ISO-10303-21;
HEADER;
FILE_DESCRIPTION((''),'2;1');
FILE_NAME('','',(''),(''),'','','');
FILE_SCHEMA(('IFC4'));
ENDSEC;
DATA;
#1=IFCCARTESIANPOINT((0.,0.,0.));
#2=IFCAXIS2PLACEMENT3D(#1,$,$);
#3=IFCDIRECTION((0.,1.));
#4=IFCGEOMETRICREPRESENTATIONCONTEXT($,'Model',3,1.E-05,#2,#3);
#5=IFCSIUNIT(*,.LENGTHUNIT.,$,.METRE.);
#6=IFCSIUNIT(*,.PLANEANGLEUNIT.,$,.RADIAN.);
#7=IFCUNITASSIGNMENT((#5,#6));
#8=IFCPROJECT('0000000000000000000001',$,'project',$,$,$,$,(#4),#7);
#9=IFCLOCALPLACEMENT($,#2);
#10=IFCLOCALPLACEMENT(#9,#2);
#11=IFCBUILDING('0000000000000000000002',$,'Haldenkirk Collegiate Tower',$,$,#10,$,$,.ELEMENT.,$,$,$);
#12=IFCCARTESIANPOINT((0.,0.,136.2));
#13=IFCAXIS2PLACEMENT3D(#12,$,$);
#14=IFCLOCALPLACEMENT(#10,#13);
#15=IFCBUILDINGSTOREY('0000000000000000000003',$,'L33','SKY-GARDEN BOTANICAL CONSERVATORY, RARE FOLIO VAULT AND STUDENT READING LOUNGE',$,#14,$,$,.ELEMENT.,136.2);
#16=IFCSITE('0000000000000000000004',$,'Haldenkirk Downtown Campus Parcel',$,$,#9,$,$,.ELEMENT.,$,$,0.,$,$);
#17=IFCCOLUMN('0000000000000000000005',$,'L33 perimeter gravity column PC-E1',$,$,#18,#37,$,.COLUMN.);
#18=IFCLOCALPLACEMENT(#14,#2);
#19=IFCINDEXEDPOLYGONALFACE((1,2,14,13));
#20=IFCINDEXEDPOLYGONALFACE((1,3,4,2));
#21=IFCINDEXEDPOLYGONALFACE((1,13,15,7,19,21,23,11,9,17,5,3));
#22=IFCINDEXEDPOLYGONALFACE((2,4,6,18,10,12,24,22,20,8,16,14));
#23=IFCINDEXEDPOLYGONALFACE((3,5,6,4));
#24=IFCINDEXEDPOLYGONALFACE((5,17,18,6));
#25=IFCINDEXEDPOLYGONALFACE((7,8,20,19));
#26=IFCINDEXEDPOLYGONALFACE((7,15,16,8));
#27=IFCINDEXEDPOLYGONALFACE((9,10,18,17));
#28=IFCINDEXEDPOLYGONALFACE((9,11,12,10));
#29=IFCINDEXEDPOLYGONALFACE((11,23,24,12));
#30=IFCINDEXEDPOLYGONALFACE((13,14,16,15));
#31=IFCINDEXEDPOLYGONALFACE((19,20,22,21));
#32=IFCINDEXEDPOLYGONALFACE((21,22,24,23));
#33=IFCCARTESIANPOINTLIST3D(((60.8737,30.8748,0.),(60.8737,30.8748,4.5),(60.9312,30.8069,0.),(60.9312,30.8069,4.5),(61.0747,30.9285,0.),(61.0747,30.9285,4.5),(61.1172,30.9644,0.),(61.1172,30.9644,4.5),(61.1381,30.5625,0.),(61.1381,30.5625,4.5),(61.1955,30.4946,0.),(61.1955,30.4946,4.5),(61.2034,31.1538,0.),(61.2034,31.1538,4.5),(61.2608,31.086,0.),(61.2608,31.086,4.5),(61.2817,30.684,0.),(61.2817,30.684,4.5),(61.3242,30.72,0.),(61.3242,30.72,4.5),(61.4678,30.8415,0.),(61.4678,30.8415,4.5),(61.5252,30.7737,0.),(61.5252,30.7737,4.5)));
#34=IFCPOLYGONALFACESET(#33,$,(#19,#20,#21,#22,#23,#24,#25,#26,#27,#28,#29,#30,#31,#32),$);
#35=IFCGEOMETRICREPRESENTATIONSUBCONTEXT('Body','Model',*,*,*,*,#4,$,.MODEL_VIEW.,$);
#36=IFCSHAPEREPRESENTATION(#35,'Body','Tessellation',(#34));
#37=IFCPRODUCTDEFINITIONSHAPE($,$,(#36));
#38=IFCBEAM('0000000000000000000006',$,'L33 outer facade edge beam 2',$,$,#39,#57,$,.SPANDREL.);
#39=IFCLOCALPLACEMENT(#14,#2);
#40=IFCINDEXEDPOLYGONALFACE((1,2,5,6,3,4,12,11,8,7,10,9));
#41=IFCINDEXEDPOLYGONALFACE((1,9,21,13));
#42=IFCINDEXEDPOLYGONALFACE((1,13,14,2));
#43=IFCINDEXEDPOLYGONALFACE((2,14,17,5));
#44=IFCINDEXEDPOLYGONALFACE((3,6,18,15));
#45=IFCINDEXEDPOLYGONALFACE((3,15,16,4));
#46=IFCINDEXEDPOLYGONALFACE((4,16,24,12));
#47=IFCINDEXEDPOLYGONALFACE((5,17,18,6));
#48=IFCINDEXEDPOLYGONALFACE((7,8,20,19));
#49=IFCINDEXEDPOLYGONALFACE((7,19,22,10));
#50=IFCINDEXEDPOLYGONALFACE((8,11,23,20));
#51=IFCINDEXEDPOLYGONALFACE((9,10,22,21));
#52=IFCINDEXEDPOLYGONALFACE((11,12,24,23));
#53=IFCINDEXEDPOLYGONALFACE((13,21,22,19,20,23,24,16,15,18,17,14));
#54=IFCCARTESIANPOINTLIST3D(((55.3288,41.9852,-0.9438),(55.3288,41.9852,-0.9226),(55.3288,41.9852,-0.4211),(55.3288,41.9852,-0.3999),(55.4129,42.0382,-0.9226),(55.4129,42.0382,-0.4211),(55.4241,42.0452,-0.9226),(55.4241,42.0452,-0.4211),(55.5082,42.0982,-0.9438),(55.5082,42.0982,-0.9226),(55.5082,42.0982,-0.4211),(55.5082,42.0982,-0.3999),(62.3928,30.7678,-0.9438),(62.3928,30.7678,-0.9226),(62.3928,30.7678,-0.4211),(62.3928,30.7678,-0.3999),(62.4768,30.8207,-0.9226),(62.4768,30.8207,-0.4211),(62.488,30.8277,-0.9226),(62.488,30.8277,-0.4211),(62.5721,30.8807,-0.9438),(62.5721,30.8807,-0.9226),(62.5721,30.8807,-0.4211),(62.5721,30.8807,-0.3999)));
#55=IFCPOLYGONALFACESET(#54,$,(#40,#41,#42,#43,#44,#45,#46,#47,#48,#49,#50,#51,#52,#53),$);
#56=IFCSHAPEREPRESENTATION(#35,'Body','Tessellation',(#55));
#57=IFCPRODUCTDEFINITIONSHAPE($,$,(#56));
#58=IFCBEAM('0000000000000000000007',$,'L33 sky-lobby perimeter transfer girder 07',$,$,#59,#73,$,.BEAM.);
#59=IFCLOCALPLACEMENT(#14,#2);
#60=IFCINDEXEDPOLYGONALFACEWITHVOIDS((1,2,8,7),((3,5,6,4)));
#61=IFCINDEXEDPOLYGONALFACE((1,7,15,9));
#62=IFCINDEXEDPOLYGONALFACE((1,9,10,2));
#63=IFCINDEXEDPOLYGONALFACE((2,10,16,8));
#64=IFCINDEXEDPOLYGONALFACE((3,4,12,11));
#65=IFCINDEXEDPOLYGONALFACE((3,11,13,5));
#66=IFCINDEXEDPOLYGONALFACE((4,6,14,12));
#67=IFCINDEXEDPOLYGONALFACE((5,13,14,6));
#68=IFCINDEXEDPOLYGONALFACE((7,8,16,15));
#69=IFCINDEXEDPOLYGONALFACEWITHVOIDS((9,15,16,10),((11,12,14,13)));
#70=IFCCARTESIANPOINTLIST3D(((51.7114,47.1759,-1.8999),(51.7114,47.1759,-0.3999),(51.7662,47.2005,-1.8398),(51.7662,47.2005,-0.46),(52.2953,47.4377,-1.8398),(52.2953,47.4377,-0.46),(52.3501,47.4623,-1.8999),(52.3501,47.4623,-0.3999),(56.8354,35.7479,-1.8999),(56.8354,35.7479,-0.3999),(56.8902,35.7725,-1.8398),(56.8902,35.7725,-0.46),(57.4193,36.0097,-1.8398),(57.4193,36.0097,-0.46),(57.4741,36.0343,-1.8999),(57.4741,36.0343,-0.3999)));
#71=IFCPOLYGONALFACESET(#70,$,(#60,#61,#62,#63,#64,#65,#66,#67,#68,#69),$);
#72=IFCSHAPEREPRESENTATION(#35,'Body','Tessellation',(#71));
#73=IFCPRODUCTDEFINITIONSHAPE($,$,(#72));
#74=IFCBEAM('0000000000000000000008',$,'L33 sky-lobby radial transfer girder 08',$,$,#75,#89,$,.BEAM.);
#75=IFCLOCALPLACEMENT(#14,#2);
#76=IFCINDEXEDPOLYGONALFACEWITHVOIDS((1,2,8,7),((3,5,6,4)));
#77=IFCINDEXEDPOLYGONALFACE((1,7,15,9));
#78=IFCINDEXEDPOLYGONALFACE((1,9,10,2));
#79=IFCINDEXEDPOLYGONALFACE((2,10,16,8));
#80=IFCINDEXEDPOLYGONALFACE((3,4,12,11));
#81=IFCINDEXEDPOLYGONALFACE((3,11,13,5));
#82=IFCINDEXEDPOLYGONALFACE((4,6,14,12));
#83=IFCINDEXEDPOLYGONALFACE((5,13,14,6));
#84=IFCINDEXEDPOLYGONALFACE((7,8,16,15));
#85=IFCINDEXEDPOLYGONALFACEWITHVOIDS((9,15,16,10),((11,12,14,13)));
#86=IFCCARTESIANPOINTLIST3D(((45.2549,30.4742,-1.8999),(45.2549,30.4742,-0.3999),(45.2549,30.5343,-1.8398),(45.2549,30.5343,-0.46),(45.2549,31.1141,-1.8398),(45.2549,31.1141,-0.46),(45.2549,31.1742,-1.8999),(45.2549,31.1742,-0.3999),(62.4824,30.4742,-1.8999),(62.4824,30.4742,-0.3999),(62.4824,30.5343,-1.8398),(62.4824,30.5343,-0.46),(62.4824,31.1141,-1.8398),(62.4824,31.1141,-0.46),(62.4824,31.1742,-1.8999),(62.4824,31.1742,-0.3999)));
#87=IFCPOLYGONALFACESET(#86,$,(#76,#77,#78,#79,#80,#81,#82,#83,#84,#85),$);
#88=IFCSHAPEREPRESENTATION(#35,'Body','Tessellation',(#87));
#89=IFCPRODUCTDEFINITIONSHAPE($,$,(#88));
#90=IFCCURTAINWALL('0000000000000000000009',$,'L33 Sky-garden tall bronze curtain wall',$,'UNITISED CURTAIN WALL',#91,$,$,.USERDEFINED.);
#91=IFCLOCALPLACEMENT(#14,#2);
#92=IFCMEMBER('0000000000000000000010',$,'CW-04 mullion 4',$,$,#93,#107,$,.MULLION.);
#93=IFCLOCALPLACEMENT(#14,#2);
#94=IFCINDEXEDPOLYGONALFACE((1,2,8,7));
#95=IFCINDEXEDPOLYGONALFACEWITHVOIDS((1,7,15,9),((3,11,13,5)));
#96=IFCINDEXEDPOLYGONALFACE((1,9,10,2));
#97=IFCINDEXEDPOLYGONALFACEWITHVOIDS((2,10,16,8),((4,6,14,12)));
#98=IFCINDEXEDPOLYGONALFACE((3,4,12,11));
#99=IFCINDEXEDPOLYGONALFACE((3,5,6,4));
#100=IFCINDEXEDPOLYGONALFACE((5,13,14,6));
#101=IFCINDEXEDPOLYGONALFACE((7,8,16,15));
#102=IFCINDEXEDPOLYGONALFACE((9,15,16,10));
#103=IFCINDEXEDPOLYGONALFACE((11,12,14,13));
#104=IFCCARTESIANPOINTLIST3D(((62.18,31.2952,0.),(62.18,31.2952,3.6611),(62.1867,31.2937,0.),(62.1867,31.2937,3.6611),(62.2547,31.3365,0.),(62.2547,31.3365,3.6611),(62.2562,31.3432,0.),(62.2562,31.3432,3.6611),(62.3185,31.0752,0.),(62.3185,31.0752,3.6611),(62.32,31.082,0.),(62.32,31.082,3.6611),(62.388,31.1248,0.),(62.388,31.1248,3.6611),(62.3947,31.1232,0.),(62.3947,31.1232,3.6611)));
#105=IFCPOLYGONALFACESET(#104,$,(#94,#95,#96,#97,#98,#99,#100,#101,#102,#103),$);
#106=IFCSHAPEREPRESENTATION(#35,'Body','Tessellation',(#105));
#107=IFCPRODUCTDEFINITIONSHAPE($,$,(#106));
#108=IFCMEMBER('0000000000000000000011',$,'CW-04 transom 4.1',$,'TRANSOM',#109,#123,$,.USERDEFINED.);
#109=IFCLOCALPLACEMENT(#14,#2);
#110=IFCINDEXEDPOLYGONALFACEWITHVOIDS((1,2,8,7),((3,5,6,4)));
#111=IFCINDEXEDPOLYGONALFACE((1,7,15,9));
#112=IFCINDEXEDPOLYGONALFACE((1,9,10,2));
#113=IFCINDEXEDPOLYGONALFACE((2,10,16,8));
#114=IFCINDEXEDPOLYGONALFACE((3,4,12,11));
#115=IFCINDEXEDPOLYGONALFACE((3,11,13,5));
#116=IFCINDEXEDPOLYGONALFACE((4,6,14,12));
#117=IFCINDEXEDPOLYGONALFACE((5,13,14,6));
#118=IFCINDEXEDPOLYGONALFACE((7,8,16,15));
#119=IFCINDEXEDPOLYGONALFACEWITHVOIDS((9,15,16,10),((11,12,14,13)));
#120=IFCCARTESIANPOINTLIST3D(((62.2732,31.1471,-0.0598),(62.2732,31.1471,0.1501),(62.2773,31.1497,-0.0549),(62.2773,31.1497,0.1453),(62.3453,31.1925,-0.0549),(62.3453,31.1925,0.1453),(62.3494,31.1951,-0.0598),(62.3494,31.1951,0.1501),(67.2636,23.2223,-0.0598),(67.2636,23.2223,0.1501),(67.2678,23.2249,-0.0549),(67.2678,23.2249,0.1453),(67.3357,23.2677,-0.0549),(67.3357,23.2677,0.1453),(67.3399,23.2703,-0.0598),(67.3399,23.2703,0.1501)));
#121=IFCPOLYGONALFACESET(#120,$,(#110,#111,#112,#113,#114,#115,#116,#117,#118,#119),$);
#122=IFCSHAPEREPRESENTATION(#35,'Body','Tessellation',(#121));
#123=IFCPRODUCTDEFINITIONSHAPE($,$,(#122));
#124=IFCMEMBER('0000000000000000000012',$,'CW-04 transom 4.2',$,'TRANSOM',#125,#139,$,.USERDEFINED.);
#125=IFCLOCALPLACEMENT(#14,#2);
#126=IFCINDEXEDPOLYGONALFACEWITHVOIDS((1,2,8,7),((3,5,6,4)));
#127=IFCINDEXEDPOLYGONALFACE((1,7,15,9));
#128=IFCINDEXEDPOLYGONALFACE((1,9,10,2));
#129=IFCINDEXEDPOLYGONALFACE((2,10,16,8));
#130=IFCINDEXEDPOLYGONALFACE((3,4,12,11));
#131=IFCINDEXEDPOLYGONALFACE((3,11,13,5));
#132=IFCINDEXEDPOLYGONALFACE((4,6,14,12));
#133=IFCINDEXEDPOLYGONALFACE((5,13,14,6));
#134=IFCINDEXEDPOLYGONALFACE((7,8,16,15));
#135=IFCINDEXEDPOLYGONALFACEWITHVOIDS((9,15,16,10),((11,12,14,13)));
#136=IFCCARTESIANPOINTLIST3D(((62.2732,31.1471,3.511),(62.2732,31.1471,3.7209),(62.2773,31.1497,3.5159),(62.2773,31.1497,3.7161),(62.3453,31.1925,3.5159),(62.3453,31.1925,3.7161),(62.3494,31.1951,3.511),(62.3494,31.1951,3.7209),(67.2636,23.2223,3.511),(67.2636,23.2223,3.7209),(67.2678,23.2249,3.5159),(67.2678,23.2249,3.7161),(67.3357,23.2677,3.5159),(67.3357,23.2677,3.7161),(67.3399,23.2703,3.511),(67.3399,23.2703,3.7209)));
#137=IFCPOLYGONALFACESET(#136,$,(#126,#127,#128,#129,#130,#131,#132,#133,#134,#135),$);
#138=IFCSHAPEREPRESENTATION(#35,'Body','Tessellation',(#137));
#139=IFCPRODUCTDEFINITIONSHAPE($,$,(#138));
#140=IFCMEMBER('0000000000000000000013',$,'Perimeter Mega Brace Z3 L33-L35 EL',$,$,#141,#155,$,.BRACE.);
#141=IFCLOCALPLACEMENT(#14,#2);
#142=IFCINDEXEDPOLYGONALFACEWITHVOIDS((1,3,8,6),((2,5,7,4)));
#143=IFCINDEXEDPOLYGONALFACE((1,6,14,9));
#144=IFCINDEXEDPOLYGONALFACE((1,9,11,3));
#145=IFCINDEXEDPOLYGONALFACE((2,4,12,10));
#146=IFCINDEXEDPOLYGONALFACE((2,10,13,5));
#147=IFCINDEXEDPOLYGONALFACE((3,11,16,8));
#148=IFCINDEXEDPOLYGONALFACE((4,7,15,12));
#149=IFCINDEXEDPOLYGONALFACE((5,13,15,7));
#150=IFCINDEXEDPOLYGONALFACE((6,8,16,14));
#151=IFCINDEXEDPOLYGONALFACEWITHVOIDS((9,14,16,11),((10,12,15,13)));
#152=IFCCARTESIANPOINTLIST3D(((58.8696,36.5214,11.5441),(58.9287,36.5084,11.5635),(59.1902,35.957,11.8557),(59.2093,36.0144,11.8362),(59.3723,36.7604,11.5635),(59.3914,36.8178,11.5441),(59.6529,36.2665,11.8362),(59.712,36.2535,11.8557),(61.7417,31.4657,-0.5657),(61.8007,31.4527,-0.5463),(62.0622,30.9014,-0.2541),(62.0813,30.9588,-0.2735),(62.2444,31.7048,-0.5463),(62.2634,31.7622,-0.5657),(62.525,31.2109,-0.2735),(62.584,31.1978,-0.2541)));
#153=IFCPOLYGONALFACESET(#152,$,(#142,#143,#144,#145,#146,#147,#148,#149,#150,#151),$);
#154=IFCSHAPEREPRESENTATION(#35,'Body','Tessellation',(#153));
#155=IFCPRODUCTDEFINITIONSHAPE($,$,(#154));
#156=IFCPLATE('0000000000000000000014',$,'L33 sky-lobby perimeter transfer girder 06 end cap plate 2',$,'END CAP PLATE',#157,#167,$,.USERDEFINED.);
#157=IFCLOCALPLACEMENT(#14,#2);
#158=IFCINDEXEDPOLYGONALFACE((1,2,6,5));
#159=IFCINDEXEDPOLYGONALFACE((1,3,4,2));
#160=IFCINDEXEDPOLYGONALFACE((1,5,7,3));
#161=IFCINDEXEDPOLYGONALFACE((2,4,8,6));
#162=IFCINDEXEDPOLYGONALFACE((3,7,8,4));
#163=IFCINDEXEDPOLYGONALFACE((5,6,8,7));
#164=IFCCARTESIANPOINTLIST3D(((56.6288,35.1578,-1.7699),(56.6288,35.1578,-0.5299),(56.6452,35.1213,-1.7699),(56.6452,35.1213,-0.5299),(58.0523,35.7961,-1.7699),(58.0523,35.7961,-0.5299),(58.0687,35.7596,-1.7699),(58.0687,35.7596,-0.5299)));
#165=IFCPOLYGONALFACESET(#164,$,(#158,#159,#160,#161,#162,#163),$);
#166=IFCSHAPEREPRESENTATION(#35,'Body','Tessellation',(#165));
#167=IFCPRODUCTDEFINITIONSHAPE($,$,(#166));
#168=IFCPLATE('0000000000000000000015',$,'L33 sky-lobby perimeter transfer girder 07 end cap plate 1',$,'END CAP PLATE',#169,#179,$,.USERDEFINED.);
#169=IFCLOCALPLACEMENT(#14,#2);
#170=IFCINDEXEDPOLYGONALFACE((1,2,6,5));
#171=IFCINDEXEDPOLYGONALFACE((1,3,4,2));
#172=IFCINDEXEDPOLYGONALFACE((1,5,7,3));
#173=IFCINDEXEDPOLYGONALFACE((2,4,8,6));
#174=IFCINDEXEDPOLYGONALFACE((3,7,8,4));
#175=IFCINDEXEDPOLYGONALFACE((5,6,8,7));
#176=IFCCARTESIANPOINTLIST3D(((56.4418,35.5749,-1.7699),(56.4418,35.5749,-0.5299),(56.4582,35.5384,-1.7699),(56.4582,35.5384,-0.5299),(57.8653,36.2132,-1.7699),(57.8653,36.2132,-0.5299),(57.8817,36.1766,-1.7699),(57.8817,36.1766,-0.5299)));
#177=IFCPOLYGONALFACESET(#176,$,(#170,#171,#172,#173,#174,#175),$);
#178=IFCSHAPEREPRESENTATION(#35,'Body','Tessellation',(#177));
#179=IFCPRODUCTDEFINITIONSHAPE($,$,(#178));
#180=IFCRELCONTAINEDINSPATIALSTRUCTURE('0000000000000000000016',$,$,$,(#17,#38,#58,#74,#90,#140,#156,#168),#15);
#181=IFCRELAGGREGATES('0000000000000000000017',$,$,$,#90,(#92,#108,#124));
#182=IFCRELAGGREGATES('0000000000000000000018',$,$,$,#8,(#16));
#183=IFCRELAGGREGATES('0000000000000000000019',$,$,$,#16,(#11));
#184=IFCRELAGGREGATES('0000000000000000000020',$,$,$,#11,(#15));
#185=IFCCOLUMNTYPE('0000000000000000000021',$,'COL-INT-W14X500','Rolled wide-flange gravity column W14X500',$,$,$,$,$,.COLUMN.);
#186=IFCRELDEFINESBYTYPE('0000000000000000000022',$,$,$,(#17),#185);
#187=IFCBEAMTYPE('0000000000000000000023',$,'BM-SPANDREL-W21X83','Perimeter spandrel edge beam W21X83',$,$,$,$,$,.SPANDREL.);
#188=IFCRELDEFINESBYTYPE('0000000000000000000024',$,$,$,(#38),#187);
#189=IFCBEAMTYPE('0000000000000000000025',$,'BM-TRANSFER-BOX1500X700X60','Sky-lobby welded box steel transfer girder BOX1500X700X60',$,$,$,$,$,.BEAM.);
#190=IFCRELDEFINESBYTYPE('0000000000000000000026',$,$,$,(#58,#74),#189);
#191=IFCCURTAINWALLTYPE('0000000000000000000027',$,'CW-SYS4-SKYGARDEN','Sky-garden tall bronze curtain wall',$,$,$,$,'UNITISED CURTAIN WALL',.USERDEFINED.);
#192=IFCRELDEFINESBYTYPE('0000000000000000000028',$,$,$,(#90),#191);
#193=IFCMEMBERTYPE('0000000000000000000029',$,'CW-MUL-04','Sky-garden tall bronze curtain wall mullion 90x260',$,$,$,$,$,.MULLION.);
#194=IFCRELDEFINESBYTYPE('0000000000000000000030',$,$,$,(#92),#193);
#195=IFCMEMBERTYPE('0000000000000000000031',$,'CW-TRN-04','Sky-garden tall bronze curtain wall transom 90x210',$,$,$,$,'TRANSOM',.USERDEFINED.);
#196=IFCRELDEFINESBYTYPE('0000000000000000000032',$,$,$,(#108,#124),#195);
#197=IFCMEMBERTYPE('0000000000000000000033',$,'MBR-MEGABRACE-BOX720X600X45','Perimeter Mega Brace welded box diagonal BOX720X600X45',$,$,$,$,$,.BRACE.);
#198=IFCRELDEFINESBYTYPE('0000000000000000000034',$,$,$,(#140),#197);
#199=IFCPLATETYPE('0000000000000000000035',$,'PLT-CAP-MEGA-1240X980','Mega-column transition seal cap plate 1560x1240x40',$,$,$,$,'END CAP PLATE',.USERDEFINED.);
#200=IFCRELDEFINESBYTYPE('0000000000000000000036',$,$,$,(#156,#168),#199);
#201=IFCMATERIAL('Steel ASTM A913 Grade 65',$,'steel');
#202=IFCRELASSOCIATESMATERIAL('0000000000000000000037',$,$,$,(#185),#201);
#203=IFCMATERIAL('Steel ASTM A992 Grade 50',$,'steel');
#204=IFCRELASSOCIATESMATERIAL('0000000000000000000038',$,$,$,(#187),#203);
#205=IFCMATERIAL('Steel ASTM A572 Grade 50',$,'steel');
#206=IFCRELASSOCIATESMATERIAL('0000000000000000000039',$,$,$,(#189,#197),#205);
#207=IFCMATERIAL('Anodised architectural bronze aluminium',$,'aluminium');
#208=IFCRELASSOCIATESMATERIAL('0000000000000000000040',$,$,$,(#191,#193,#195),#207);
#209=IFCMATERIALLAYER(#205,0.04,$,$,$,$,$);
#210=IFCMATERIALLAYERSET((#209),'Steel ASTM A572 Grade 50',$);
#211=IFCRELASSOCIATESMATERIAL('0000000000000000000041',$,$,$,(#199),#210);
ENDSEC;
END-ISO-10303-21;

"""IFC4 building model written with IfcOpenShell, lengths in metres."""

from ifc_helpers import new_model, si_unit, direction, frame, origin, origin_2d, place, context, subcontext, project, spatial, rectangle, hollow_rectangle, i_section, extrude, source, transform, mapped, material, layer, layer_set, material_profile, profile_set, type_object, element, aggregate, save


model = new_model("IFC4")

# Units and contexts
model_context = context("Model", 3, precision=1e-05, world=origin(), true_north=direction((0.0, 1.0)))
body_context = subcontext(model_context, "Body", "Model", "MODEL_VIEW")
ifc_project = project(units=[si_unit("LENGTHUNIT", "METRE"), si_unit("PLANEANGLEUNIT", "RADIAN")], contexts=[model_context])

# Site, building, storey
site_placement = place(None, origin())
site = spatial("IfcSite", under=ifc_project, at=site_placement, Name="Haldenkirk Downtown Campus Parcel", CompositionType="ELEMENT", RefElevation=0.0)
building_placement = place(site_placement, origin())
building = spatial("IfcBuilding", under=site, at=building_placement, Name="Haldenkirk Collegiate Tower", CompositionType="ELEMENT")
storey_placement = place(building_placement, frame((0.0, 0.0, 136.2)))
storey = spatial("IfcBuildingStorey", under=building, at=storey_placement, Name="L33", Description="SKY-GARDEN BOTANICAL CONSERVATORY, RARE FOLIO VAULT AND STUDENT READING LOUNGE", CompositionType="ELEMENT", Elevation=136.2)

# Column
ifc_material_1 = material(Name="Steel ASTM A913 Grade 65", Category="steel")
ifc_material_profile_1 = material_profile(ifc_material_1, i_section(OverallWidth=0.4319, OverallDepth=0.498, WebThickness=0.0557, FlangeThickness=0.0889, at=origin_2d()), Name="W14X500")
ifc_profile_set_1 = profile_set([ifc_material_profile_1], Name="Steel ASTM A913 Grade 65")
column_type = type_object("IfcColumnType", Name="COL-INT-W14X500", Description="Rolled wide-flange gravity column W14X500", PredefinedType="COLUMN", material=ifc_profile_set_1)
column_placement = place(storey_placement, frame((61.1995, 30.8242, 0.0), z_axis=(0.0, 0.0, 1.0), x_axis=(0.763232, 0.646124, 0.0)))
element("IfcColumn", 1, at=column_placement, inside=storey, type_object=column_type, Name="L33 perimeter gravity column PC-E1", PredefinedType="COLUMN", context=body_context, shape_type="SweptSolid", body=[
    extrude(i_section(OverallWidth=0.4319, OverallDepth=0.498, WebThickness=0.0557, FlangeThickness=0.0889, at=origin_2d()), origin(), (0.0, 0.0, 1.0), 4.5),
])

# Beams
ifc_material_2 = material(Name="Steel ASTM A992 Grade 50", Category="steel")
ifc_material_profile_2 = material_profile(ifc_material_2, i_section(OverallWidth=0.2119, OverallDepth=0.5439, WebThickness=0.0132, FlangeThickness=0.0212, at=origin_2d()), Name="W21X83")
ifc_profile_set_2 = profile_set([ifc_material_profile_2], Name="Steel ASTM A992 Grade 50")
beam_type_1 = type_object("IfcBeamType", Name="BM-SPANDREL-W21X83", Description="Perimeter spandrel edge beam W21X83", PredefinedType="SPANDREL", material=ifc_profile_set_2)
beam_1_placement = place(storey_placement, frame((62.4824, 30.8242, -0.6719), z_axis=(-0.532871, 0.846196, 0.0), x_axis=(-0.846196, -0.532871, 0.0)))
element("IfcBeam", 2, at=beam_1_placement, inside=storey, type_object=beam_type_1, Name="L33 outer facade edge beam 2", PredefinedType="SPANDREL", context=body_context, shape_type="SweptSolid", body=[
    extrude(i_section(OverallWidth=0.2119, OverallDepth=0.5439, WebThickness=0.0132, FlangeThickness=0.0212, at=origin_2d()), origin(), (0.0, 0.0, 1.0), 13.2563),
])
ifc_material_3 = material(Name="Steel ASTM A572 Grade 50", Category="steel")
ifc_material_profile_3 = material_profile(ifc_material_3, hollow_rectangle(XDim=0.7, YDim=1.5, WallThickness=0.0601, at=origin_2d()), Name="BOX1500X700X60")
ifc_profile_set_3 = profile_set([ifc_material_profile_3], Name="Steel ASTM A572 Grade 50")
beam_type_2 = type_object("IfcBeamType", Name="BM-TRANSFER-BOX1500X700X60", Description="Sky-lobby welded box steel transfer girder BOX1500X700X60", PredefinedType="BEAM", material=ifc_profile_set_3)
beam_2_placement = place(storey_placement, frame((57.1548, 35.8911, -1.1499), z_axis=(-0.409131, 0.912475, 0.0), x_axis=(-0.912475, -0.409131, 0.0)))
element("IfcBeam", 3, at=beam_2_placement, inside=storey, type_object=beam_type_2, Name="L33 sky-lobby perimeter transfer girder 07", PredefinedType="BEAM", context=body_context, shape_type="SweptSolid", body=[
    extrude(hollow_rectangle(XDim=0.7, YDim=1.5, WallThickness=0.0601, at=origin_2d()), origin(), (0.0, 0.0, 1.0), 12.5242),
])
beam_3_placement = place(storey_placement, frame((62.4824, 30.8242, -1.1499), z_axis=(-1.0, 0.0, 0.0), x_axis=(0.0, -1.0, 0.0)))
element("IfcBeam", 4, at=beam_3_placement, inside=storey, type_object=beam_type_2, Name="L33 sky-lobby radial transfer girder 08", PredefinedType="BEAM", context=body_context, shape_type="SweptSolid", body=[
    extrude(hollow_rectangle(XDim=0.7, YDim=1.5, WallThickness=0.0601, at=origin_2d()), origin(), (0.0, 0.0, 1.0), 17.2275),
])

# Curtain wall, members
ifc_material_4 = material(Name="Anodised architectural bronze aluminium", Category="aluminium")
curtain_wall_type = type_object("IfcCurtainWallType", Name="CW-SYS4-SKYGARDEN", Description="Sky-garden tall bronze curtain wall", ElementType="UNITISED CURTAIN WALL", PredefinedType="USERDEFINED", material=ifc_material_4)
curtain_wall_placement = place(storey_placement, origin())
curtain_wall = element("IfcCurtainWall", 5, at=curtain_wall_placement, inside=storey, type_object=curtain_wall_type, Name="L33 Sky-garden tall bronze curtain wall", ObjectType="UNITISED CURTAIN WALL", PredefinedType="USERDEFINED")
ifc_material_profile_4 = material_profile(ifc_material_4, hollow_rectangle(XDim=0.0901, YDim=0.26, WallThickness=0.0049, at=origin_2d()), Name="CW-MUL-04")
ifc_profile_set_4 = profile_set([ifc_material_profile_4], Name="Anodised architectural bronze aluminium")
member_type_1 = type_object("IfcMemberType", Name="CW-MUL-04", Description="Sky-garden tall bronze curtain wall mullion 90x260", PredefinedType="MULLION", material=ifc_profile_set_4)
member_1_placement = place(storey_placement, frame((62.2874, 31.2092, 0.0), z_axis=(0.0, 0.0, 1.0), x_axis=(0.846193, 0.532877, 0.0)))
member_1 = element("IfcMember", 6, at=member_1_placement, type_object=member_type_1, Name="CW-04 mullion 4", PredefinedType="MULLION", context=body_context, shape_type="SweptSolid", body=[
    extrude(hollow_rectangle(XDim=0.0901, YDim=0.26, WallThickness=0.0049, at=origin_2d()), origin(), (0.0, 0.0, 1.0), 3.6611),
])
ifc_material_profile_5 = material_profile(ifc_material_4, hollow_rectangle(XDim=0.0901, YDim=0.21, WallThickness=0.0049, at=origin_2d()), Name="CW-TRN-04")
ifc_profile_set_5 = profile_set([ifc_material_profile_5], Name="Anodised architectural bronze aluminium")
member_type_2 = type_object("IfcMemberType", Name="CW-TRN-04", Description="Sky-garden tall bronze curtain wall transom 90x210", ElementType="TRANSOM", PredefinedType="USERDEFINED", material=ifc_profile_set_5)
member_2_placement = place(storey_placement, frame((62.3113, 31.1711, 0.0452), z_axis=(0.532873, -0.846195, 0.0), x_axis=(0.846195, 0.532873, 0.0)))
member_2 = element("IfcMember", 7, at=member_2_placement, type_object=member_type_2, Name="CW-04 transom 4.1", ObjectType="TRANSOM", PredefinedType="USERDEFINED", context=body_context, shape_type="SweptSolid", body=[
    extrude(hollow_rectangle(XDim=0.0901, YDim=0.21, WallThickness=0.0049, at=origin_2d()), origin(), (0.0, 0.0, 1.0), 9.3652),
])
member_3_placement = place(storey_placement, frame((62.3113, 31.1711, 3.616), z_axis=(0.532873, -0.846195, 0.0), x_axis=(0.846195, 0.532873, 0.0)))
member_3 = element("IfcMember", 8, at=member_3_placement, type_object=member_type_2, Name="CW-04 transom 4.2", ObjectType="TRANSOM", PredefinedType="USERDEFINED", context=body_context, shape_type="SweptSolid", body=[
    extrude(hollow_rectangle(XDim=0.0901, YDim=0.21, WallThickness=0.0049, at=origin_2d()), origin(), (0.0, 0.0, 1.0), 9.3652),
])

# Member
ifc_material_profile_6 = material_profile(ifc_material_3, hollow_rectangle(XDim=0.6001, YDim=0.72, WallThickness=0.0449, at=origin_2d()), Name="BOX720X600X45")
ifc_profile_set_6 = profile_set([ifc_material_profile_6], Name="Steel ASTM A572 Grade 50")
member_type_3 = type_object("IfcMemberType", Name="MBR-MEGABRACE-BOX720X600X45", Description="Perimeter Mega Brace welded box diagonal BOX720X600X45", PredefinedType="BRACE", material=ifc_profile_set_6)
member_4_placement = place(storey_placement, frame((62.1628, 31.3318, -0.4099), z_axis=(-0.2138, 0.376349, 0.901471), x_axis=(-0.869491, -0.493949, 0.0)))
element("IfcMember", 9, at=member_4_placement, inside=storey, type_object=member_type_3, Name="Perimeter Mega Brace Z3 L33-L35 EL", PredefinedType="BRACE", context=body_context, shape_type="SweptSolid", body=[
    extrude(hollow_rectangle(XDim=0.6001, YDim=0.72, WallThickness=0.0449, at=origin_2d()), origin(), (0.0, 0.0, 1.0), 13.4333),
])

# Plates
ifc_layer_1 = layer(ifc_material_3, 0.04)
ifc_layer_set_1 = layer_set([ifc_layer_1], Name="Steel ASTM A572 Grade 50")
plate_type_1 = type_object("IfcPlateType", Name="PLT-CAP-MEGA-1240X980", Description="Mega-column transition seal cap plate 1560x1240x40", ElementType="END CAP PLATE", PredefinedType="USERDEFINED", material=ifc_layer_set_1)
shared_shape_1 = source(origin(), body_context, "Body", "SweptSolid", [
    extrude(rectangle(XDim=1.5601, YDim=1.24, at=origin_2d()), origin(), (0.0, 0.0, 1.0), 0.04),
])
for number, where, z_axis, x_axis, name in (
    (10, (57.3569, 35.4404, -1.1499), (-0.409129, 0.912477, 0.0), (-0.912477, -0.409129, 0.0), "L33 sky-lobby perimeter transfer girder 06 end cap plate 2"),
    (11, (57.1536, 35.894, -1.1499), (0.409132, -0.912475, 0.0), (0.912475, 0.409132, 0.0), "L33 sky-lobby perimeter transfer girder 07 end cap plate 1"),
):
    element("IfcPlate", number, at=place(storey_placement, frame(where, z_axis=z_axis, x_axis=x_axis)), inside=storey, type_object=plate_type_1, Name=name, ObjectType="END CAP PLATE", PredefinedType="USERDEFINED", context=body_context, shape_type="MappedRepresentation", body=[
        mapped(shared_shape_1, transform((0.0, 0.0, 0.0), x_axis=(1.0, 0.0, 0.0), y_axis=(0.0, 1.0, 0.0), z_axis=(0.0, 0.0, 1.0), scale=1.0)),
    ])

aggregate(curtain_wall, [member_1, member_2, member_3])

save(model, "model.ifc")
